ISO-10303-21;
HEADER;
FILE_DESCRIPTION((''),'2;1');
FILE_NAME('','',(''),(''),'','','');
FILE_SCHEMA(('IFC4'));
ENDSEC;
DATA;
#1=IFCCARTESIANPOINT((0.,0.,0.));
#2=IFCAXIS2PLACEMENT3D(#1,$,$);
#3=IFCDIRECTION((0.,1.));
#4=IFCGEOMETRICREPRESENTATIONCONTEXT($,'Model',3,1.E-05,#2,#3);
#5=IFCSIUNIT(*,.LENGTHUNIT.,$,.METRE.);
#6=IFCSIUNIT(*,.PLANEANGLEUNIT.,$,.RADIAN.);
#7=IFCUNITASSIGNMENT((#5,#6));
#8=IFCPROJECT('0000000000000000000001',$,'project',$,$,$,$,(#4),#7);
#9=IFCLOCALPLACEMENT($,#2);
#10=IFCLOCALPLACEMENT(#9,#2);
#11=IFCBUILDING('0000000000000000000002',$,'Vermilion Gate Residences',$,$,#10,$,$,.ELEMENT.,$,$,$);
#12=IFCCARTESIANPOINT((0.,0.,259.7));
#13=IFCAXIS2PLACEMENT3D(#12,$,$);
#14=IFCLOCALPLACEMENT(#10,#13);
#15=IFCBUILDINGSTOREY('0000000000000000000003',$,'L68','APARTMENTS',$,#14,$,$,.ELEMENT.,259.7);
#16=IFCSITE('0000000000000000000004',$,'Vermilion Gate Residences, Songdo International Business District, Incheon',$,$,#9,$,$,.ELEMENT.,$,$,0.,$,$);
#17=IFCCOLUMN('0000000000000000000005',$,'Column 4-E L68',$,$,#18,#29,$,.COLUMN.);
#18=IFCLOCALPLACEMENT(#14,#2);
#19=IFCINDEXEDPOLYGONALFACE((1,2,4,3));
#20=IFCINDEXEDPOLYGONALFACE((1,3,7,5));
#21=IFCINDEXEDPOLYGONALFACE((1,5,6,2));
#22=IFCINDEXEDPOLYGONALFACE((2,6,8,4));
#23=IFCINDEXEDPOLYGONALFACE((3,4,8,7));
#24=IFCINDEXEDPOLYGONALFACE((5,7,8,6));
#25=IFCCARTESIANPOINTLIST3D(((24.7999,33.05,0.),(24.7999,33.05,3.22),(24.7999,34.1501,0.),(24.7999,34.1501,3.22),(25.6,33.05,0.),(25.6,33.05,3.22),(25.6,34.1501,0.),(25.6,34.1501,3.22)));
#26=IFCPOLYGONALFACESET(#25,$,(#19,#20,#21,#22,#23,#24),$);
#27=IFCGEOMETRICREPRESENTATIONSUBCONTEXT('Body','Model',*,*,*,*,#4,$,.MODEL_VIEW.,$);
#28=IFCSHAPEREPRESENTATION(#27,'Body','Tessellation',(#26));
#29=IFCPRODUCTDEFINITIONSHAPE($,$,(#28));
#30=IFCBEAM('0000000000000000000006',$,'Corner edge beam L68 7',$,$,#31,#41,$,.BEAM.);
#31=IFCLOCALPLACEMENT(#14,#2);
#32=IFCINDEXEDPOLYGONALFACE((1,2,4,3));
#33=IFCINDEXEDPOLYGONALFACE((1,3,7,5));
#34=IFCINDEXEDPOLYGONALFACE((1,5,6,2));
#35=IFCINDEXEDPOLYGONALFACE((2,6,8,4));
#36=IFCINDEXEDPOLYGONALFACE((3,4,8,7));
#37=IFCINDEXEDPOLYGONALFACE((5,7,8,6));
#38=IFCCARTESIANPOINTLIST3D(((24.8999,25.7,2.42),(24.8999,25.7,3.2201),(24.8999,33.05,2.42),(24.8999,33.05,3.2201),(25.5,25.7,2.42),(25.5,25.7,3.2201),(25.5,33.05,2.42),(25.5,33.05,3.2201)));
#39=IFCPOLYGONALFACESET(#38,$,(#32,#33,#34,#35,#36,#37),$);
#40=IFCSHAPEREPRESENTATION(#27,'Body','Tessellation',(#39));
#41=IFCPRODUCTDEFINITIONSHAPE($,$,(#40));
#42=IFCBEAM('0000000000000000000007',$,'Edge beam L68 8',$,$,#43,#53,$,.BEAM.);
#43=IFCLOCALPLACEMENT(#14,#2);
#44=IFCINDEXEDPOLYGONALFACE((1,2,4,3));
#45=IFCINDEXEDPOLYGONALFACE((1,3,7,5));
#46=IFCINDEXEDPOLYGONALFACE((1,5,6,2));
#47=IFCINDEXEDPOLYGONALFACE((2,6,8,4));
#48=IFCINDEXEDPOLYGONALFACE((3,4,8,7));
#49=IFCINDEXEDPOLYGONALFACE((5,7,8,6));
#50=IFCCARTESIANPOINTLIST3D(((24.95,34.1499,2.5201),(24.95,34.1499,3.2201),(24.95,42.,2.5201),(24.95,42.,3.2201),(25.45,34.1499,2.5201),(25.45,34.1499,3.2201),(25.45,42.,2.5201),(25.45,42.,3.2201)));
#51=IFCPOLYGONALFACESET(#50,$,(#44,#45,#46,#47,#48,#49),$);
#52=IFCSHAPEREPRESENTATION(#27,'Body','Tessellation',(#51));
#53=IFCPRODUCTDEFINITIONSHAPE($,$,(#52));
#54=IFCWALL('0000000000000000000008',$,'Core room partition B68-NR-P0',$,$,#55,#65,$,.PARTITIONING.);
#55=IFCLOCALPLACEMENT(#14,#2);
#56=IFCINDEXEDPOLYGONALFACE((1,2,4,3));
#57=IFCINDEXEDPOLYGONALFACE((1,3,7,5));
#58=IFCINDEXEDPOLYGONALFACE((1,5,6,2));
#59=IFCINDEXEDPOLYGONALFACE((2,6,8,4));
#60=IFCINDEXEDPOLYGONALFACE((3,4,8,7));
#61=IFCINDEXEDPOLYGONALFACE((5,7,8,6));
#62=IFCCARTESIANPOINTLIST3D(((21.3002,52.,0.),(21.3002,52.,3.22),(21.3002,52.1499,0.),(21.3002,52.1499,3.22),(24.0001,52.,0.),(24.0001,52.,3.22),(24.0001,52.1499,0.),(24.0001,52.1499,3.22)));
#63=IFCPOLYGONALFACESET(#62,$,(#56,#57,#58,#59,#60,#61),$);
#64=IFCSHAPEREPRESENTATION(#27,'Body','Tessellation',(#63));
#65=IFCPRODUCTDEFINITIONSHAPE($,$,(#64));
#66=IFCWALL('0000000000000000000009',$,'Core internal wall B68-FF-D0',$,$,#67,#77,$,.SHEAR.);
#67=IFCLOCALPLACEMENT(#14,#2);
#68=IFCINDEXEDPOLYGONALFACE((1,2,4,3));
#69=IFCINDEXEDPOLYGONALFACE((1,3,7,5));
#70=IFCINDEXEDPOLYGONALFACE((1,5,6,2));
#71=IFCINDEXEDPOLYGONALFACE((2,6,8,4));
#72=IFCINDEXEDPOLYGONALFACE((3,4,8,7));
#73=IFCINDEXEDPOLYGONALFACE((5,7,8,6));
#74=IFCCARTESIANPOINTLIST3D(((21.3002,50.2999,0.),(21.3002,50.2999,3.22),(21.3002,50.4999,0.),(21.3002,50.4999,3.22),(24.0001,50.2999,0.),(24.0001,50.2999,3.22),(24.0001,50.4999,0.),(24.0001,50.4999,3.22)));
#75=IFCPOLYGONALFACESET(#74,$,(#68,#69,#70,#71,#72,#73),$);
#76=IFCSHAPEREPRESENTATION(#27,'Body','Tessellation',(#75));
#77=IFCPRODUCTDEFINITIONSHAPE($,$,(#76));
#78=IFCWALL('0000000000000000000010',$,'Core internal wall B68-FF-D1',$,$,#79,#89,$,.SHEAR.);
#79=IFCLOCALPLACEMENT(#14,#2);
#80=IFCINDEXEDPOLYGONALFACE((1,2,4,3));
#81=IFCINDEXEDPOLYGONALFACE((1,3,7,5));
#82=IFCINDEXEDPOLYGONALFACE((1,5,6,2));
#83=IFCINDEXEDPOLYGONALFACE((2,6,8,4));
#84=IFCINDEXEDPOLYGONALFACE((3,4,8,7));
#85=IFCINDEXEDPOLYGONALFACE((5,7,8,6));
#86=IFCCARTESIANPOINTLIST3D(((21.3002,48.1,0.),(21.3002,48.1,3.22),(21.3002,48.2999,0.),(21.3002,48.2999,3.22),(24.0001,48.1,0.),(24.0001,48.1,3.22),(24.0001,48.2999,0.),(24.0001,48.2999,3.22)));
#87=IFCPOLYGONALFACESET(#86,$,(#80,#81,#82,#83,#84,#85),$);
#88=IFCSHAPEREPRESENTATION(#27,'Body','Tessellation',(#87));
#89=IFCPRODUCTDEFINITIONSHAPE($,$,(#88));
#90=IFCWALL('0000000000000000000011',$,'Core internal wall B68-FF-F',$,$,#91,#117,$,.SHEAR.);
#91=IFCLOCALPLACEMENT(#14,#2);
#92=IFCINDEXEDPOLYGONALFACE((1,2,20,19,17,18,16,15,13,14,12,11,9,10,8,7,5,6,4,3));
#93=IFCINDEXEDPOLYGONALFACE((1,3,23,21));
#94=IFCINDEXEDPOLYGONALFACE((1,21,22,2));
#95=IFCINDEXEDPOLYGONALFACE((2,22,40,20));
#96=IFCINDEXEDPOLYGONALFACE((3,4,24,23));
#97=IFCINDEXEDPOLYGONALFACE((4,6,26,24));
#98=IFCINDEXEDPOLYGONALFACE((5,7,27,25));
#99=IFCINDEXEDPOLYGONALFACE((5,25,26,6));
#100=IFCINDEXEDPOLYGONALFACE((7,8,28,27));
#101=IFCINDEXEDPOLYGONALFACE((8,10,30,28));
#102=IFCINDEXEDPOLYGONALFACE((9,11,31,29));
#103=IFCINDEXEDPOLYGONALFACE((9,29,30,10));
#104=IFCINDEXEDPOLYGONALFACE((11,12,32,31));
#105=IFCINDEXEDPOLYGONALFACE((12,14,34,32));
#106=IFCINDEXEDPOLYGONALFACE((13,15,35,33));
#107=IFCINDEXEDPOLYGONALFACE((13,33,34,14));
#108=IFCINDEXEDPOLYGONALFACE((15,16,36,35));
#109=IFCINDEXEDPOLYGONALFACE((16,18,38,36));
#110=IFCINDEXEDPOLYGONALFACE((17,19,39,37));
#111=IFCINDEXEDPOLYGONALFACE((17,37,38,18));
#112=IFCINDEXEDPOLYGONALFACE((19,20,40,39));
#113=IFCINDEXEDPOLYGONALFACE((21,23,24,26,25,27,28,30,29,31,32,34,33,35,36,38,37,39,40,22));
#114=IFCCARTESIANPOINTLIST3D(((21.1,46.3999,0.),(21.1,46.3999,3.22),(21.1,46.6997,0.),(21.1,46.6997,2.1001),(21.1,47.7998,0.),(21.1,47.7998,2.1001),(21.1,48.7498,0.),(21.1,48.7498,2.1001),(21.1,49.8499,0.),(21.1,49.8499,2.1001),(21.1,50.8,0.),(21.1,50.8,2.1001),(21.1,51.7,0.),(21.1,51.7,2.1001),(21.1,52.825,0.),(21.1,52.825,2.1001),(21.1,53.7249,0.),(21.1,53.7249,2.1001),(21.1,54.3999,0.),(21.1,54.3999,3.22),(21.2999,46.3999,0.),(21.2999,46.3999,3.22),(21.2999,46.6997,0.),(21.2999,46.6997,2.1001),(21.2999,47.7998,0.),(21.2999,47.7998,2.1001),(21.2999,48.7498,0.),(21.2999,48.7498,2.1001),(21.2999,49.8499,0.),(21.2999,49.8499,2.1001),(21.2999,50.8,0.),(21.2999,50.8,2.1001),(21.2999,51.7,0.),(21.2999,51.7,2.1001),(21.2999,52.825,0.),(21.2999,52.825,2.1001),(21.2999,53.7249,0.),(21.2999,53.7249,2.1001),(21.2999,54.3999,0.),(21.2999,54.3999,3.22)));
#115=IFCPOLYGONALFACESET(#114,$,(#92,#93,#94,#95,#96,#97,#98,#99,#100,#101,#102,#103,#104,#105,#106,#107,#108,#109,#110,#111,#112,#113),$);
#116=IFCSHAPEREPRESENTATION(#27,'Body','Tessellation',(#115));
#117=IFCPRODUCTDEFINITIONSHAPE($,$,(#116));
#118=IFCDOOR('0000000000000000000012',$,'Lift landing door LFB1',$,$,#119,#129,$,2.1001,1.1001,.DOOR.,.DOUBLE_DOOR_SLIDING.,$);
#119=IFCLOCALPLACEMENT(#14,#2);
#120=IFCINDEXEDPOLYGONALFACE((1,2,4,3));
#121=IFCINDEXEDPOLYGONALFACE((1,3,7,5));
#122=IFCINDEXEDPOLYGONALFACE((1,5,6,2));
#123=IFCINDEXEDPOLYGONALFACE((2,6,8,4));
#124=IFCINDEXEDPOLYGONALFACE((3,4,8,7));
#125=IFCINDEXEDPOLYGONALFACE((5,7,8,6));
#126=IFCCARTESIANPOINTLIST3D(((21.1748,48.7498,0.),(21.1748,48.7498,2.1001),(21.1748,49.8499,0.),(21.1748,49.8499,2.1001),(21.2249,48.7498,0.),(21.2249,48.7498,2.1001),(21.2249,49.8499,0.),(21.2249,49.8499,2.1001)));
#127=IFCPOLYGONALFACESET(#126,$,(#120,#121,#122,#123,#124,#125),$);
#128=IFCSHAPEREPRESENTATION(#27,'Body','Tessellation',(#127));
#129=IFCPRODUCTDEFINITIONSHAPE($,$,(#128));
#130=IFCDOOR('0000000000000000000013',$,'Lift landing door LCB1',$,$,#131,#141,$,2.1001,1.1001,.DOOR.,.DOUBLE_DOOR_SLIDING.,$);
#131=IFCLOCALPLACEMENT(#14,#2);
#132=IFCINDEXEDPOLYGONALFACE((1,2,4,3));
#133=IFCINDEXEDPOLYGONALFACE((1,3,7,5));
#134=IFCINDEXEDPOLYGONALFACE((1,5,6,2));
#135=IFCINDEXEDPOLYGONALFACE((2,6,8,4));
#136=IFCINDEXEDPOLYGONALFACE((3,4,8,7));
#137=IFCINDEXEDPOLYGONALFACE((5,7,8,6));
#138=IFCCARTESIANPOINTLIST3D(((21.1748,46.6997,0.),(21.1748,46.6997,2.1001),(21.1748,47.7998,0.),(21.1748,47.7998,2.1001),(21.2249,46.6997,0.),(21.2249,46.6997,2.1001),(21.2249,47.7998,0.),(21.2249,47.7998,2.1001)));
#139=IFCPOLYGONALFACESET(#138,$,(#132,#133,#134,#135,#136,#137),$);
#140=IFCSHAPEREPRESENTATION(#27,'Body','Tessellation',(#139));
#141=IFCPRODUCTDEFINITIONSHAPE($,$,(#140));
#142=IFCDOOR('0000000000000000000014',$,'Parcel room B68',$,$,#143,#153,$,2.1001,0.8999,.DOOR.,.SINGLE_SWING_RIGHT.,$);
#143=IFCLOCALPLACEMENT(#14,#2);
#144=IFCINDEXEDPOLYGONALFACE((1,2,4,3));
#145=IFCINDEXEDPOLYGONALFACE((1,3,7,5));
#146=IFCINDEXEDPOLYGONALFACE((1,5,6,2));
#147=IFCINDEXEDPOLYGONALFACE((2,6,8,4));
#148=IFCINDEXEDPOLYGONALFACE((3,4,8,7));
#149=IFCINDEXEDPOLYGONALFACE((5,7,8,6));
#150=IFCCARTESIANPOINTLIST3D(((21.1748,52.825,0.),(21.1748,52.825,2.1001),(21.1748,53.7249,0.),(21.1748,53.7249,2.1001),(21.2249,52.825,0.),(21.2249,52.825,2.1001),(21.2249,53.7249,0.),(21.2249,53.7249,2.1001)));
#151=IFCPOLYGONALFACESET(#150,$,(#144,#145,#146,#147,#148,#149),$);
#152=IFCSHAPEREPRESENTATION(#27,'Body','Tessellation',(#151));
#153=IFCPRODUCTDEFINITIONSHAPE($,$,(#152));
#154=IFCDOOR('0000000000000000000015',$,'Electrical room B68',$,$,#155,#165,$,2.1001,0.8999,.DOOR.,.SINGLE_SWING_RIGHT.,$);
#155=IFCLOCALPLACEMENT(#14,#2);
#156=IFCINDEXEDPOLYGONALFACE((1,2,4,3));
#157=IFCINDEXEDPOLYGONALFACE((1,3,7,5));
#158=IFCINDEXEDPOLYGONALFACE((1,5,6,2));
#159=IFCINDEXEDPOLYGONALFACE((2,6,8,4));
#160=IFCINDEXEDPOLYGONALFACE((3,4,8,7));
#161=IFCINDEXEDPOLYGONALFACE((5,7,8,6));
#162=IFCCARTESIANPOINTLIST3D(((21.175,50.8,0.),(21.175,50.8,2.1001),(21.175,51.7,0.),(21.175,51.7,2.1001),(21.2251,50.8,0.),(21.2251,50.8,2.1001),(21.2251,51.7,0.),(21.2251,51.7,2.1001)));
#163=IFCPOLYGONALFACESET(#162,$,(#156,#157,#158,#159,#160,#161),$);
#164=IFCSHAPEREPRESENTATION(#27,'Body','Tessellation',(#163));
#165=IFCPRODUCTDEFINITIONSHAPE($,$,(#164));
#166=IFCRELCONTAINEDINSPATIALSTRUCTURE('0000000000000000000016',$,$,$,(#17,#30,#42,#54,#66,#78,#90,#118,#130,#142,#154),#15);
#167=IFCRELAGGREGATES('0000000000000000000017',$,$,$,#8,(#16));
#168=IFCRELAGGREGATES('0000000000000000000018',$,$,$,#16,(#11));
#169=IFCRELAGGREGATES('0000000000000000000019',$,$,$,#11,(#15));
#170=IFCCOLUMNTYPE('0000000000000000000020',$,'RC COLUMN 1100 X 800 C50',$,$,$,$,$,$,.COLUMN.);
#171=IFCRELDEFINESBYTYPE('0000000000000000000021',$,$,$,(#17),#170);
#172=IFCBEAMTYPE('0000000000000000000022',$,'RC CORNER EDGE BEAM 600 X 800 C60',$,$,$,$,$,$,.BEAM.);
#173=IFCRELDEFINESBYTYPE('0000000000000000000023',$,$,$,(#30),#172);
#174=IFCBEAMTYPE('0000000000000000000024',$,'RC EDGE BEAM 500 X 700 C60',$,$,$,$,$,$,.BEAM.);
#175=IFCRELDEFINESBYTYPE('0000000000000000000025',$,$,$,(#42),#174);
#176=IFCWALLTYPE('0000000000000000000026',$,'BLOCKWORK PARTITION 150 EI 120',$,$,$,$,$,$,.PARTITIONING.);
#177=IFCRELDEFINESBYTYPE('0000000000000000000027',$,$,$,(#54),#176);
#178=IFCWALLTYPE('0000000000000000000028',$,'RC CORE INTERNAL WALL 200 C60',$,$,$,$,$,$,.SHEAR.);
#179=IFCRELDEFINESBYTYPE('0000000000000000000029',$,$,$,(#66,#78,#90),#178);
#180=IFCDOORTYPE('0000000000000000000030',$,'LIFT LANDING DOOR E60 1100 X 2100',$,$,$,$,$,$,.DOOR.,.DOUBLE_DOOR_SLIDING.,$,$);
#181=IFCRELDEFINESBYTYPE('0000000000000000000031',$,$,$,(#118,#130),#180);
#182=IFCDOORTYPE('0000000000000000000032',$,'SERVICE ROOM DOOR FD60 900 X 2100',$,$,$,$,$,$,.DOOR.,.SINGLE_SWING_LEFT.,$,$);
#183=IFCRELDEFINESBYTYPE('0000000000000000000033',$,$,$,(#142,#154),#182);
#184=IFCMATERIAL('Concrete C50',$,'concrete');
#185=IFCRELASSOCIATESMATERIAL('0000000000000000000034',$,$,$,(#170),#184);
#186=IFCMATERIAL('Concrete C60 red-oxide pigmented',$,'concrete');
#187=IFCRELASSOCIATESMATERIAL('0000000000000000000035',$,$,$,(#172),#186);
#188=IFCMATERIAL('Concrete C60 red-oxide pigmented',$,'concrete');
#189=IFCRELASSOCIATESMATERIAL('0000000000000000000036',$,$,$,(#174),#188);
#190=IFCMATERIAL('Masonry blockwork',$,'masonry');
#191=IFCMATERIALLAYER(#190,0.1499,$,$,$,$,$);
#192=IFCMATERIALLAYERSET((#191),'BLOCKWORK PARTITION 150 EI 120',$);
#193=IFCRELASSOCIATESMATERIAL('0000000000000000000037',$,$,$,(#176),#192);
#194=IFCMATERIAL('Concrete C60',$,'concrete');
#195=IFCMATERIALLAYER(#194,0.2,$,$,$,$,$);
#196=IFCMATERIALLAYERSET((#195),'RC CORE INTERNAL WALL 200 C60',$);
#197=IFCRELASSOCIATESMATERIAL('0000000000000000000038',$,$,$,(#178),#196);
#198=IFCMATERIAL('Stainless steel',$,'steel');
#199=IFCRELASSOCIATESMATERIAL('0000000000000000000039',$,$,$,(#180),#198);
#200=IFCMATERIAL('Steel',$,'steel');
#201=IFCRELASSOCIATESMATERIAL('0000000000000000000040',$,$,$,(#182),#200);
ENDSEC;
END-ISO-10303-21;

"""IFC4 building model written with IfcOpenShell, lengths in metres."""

from ifc_helpers import new_model, si_unit, direction, frame, frame_2d, origin, origin_2d, place, context, subcontext, project, spatial, rectangle, extrude, material, layer, layer_set, material_profile, profile_set, type_object, element, fill, save


model = new_model("IFC4")

# Units and contexts
model_context = context("Model", 3, precision=1e-05, world=origin(), true_north=direction((0.0, 1.0)))
body_context = subcontext(model_context, "Body", "Model", "MODEL_VIEW")
ifc_project = project(units=[si_unit("LENGTHUNIT", "METRE"), si_unit("PLANEANGLEUNIT", "RADIAN")], contexts=[model_context])

# Site, building, storey
site_placement = place(None, origin())
site = spatial("IfcSite", under=ifc_project, at=site_placement, Name="Vermilion Gate Residences, Songdo International Business District, Incheon", CompositionType="ELEMENT", RefElevation=0.0)
building_placement = place(site_placement, origin())
building = spatial("IfcBuilding", under=site, at=building_placement, Name="Vermilion Gate Residences", CompositionType="ELEMENT")
storey_placement = place(building_placement, frame((0.0, 0.0, 259.7)))
storey = spatial("IfcBuildingStorey", under=building, at=storey_placement, Name="L68", Description="APARTMENTS", CompositionType="ELEMENT", Elevation=259.7)

# Column
ifc_material_1 = material(Name="Concrete C50", Category="concrete")
ifc_material_profile_1 = material_profile(ifc_material_1, rectangle(XDim=1.1001, YDim=0.8, at=origin_2d()), Name="RC-1100x800")
ifc_profile_set_1 = profile_set([ifc_material_profile_1], Name="Concrete C50")
column_type = type_object("IfcColumnType", Name="RC COLUMN 1100 X 800 C50", PredefinedType="COLUMN", material=ifc_profile_set_1)
column_placement = place(storey_placement, frame((25.2, 33.6001, 0.0), z_axis=(0.0, 0.0, 1.0), x_axis=(0.0, 1.0, 0.0)))
element("IfcColumn", 1, at=column_placement, inside=storey, type_object=column_type, Name="Column 4-E L68", PredefinedType="COLUMN", context=body_context, shape_type="SweptSolid", body=[
    extrude(rectangle(XDim=1.1001, YDim=0.8, at=origin_2d()), origin(), (0.0, 0.0, 1.0), 3.22),
])

# Beams
ifc_material_2 = material(Name="Concrete C60 red-oxide pigmented", Category="concrete")
ifc_material_profile_2 = material_profile(ifc_material_2, rectangle(XDim=0.6001, YDim=0.8, at=origin_2d()), Name="RC-600x800")
ifc_profile_set_2 = profile_set([ifc_material_profile_2], Name="Concrete C60 red-oxide pigmented")
beam_type_1 = type_object("IfcBeamType", Name="RC CORNER EDGE BEAM 600 X 800 C60", PredefinedType="BEAM", material=ifc_profile_set_2)
beam_1_placement = place(storey_placement, frame((25.2, 25.7, 2.8201), z_axis=(0.0, 1.0, 0.0), x_axis=(-1.0, 0.0, 0.0)))
element("IfcBeam", 2, at=beam_1_placement, inside=storey, type_object=beam_type_1, Name="Corner edge beam L68 7", PredefinedType="BEAM", context=body_context, shape_type="SweptSolid", body=[
    extrude(rectangle(XDim=0.6001, YDim=0.8, at=origin_2d()), origin(), (0.0, 0.0, 1.0), 7.3501),
])
ifc_material_3 = material(Name="Concrete C60 red-oxide pigmented", Category="concrete")
ifc_material_profile_3 = material_profile(ifc_material_3, rectangle(XDim=0.5, YDim=0.7, at=origin_2d()), Name="RC-500x700")
ifc_profile_set_3 = profile_set([ifc_material_profile_3], Name="Concrete C60 red-oxide pigmented")
beam_type_2 = type_object("IfcBeamType", Name="RC EDGE BEAM 500 X 700 C60", PredefinedType="BEAM", material=ifc_profile_set_3)
beam_2_placement = place(storey_placement, frame((25.2, 34.1499, 2.8701), z_axis=(0.0, 1.0, 0.0), x_axis=(-1.0, 0.0, 0.0)))
element("IfcBeam", 3, at=beam_2_placement, inside=storey, type_object=beam_type_2, Name="Edge beam L68 8", PredefinedType="BEAM", context=body_context, shape_type="SweptSolid", body=[
    extrude(rectangle(XDim=0.5, YDim=0.7, at=origin_2d()), origin(), (0.0, 0.0, 1.0), 7.8501),
])

# Walls
ifc_material_4 = material(Name="Masonry blockwork", Category="masonry")
ifc_layer_1 = layer(ifc_material_4, 0.1499)
ifc_layer_set_1 = layer_set([ifc_layer_1], Name="BLOCKWORK PARTITION 150 EI 120")
wall_type_1 = type_object("IfcWallType", Name="BLOCKWORK PARTITION 150 EI 120", PredefinedType="PARTITIONING", material=ifc_layer_set_1)
wall_1_placement = place(storey_placement, frame((21.3, 52.075, 0.0), z_axis=(0.0, 0.0, 1.0), x_axis=(1.0, 0.0, 0.0)))
element("IfcWall", 4, at=wall_1_placement, inside=storey, type_object=wall_type_1, Name="Core room partition B68-NR-P0", PredefinedType="PARTITIONING", context=body_context, shape_type="SweptSolid", body=[
    extrude(rectangle(XDim=2.7, YDim=0.1499, at=frame_2d((1.3501, 0.0))), origin(), (0.0, 0.0, 1.0), 3.22),
])
ifc_material_5 = material(Name="Concrete C60", Category="concrete")
ifc_layer_2 = layer(ifc_material_5, 0.2)
ifc_layer_set_2 = layer_set([ifc_layer_2], Name="RC CORE INTERNAL WALL 200 C60")
wall_type_2 = type_object("IfcWallType", Name="RC CORE INTERNAL WALL 200 C60", PredefinedType="SHEAR", material=ifc_layer_set_2)
for number, where, z_axis, x_axis, name in (
    (5, (21.3, 50.3999, 0.0), (0.0, 0.0, 1.0), (1.0, 0.0, 0.0), "Core internal wall B68-FF-D0"),
    (6, (21.3, 48.2, 0.0), (0.0, 0.0, 1.0), (1.0, 0.0, 0.0), "Core internal wall B68-FF-D1"),
):
    element("IfcWall", number, at=place(storey_placement, frame(where, z_axis=z_axis, x_axis=x_axis)), inside=storey, type_object=wall_type_2, Name=name, PredefinedType="SHEAR", context=body_context, shape_type="SweptSolid", body=[
        extrude(rectangle(XDim=2.7, YDim=0.2, at=frame_2d((1.3501, 0.0))), origin(), (0.0, 0.0, 1.0), 3.22),
    ])

# Wall, openings, doors
wall_2_placement = place(storey_placement, frame((21.2, 54.3999, 0.0), z_axis=(0.0, 0.0, 1.0), x_axis=(0.0, -1.0, 0.0)))
wall_2 = element("IfcWall", 7, at=wall_2_placement, inside=storey, type_object=wall_type_2, Name="Core internal wall B68-FF-F", PredefinedType="SHEAR", context=body_context, shape_type="SweptSolid", body=[
    extrude(rectangle(XDim=8.0, YDim=0.2, at=frame_2d((4.0, 0.0))), origin(), (0.0, 0.0, 1.0), 3.22),
])
opening_1_placement = place(wall_2_placement, frame((0.675, 0.0, 0.0)))
opening_1 = element("IfcOpeningElement", 8, at=opening_1_placement, cuts=wall_2, PredefinedType="OPENING", context=body_context, shape_type="SweptSolid", body=[
    extrude(rectangle(XDim=0.8999, YDim=2.1001, at=frame_2d((0.45, 1.05))), frame((0.0, 0.1099, 0.0), z_axis=(0.0, -1.0, 0.0), x_axis=(1.0, 0.0, 0.0)), (0.0, 0.0, 1.0), 0.22),
])
opening_2_placement = place(wall_2_placement, frame((2.7, 0.0, 0.0)))
opening_2 = element("IfcOpeningElement", 9, at=opening_2_placement, cuts=wall_2, PredefinedType="OPENING", context=body_context, shape_type="SweptSolid", body=[
    extrude(rectangle(XDim=0.8999, YDim=2.1001, at=frame_2d((0.45, 1.05))), frame((0.0, 0.1099, 0.0), z_axis=(0.0, -1.0, 0.0), x_axis=(1.0, 0.0, 0.0)), (0.0, 0.0, 1.0), 0.22),
])
opening_3_placement = place(wall_2_placement, frame((4.55, 0.0, 0.0)))
opening_3 = element("IfcOpeningElement", 10, at=opening_3_placement, cuts=wall_2, PredefinedType="OPENING", context=body_context, shape_type="SweptSolid", body=[
    extrude(rectangle(XDim=1.1001, YDim=2.1001, at=frame_2d((0.55, 1.05))), frame((0.0, 0.1099, 0.0), z_axis=(0.0, -1.0, 0.0), x_axis=(1.0, 0.0, 0.0)), (0.0, 0.0, 1.0), 0.22),
])
opening_4_placement = place(wall_2_placement, frame((6.6001, 0.0, 0.0)))
opening_4 = element("IfcOpeningElement", 11, at=opening_4_placement, cuts=wall_2, PredefinedType="OPENING", context=body_context, shape_type="SweptSolid", body=[
    extrude(rectangle(XDim=1.1001, YDim=2.1001, at=frame_2d((0.55, 1.05))), frame((0.0, 0.1099, 0.0), z_axis=(0.0, -1.0, 0.0), x_axis=(1.0, 0.0, 0.0)), (0.0, 0.0, 1.0), 0.22),
])
ifc_material_6 = material(Name="Stainless steel", Category="steel")
door_type_1 = type_object("IfcDoorType", Name="LIFT LANDING DOOR E60 1100 X 2100", OperationType="DOUBLE_DOOR_SLIDING", PredefinedType="DOOR", material=ifc_material_6)
door_1_placement = place(opening_3_placement, origin())
door_1 = element("IfcDoor", 12, at=door_1_placement, inside=storey, type_object=door_type_1, Name="Lift landing door LFB1", OperationType="DOUBLE_DOOR_SLIDING", OverallHeight=2.1001, OverallWidth=1.1001, PredefinedType="DOOR", context=body_context, shape_type="SweptSolid", body=[
    extrude(rectangle(XDim=1.1001, YDim=2.1001, at=frame_2d((0.55, 1.05))), frame((0.0, 0.0249, 0.0), z_axis=(0.0, -1.0, 0.0), x_axis=(1.0, 0.0, 0.0)), (0.0, 0.0, 1.0), 0.05),
])
fill(opening_3, door_1)
door_2_placement = place(opening_4_placement, origin())
door_2 = element("IfcDoor", 13, at=door_2_placement, inside=storey, type_object=door_type_1, Name="Lift landing door LCB1", OperationType="DOUBLE_DOOR_SLIDING", OverallHeight=2.1001, OverallWidth=1.1001, PredefinedType="DOOR", context=body_context, shape_type="SweptSolid", body=[
    extrude(rectangle(XDim=1.1001, YDim=2.1001, at=frame_2d((0.55, 1.05))), frame((0.0, 0.0249, 0.0), z_axis=(0.0, -1.0, 0.0), x_axis=(1.0, 0.0, 0.0)), (0.0, 0.0, 1.0), 0.05),
])
fill(opening_4, door_2)
ifc_material_7 = material(Name="Steel", Category="steel")
door_type_2 = type_object("IfcDoorType", Name="SERVICE ROOM DOOR FD60 900 X 2100", OperationType="SINGLE_SWING_LEFT", PredefinedType="DOOR", material=ifc_material_7)
door_3_placement = place(opening_1_placement, origin())
door_3 = element("IfcDoor", 14, at=door_3_placement, inside=storey, type_object=door_type_2, Name="Parcel room B68", OperationType="SINGLE_SWING_RIGHT", OverallHeight=2.1001, OverallWidth=0.8999, PredefinedType="DOOR", context=body_context, shape_type="SweptSolid", body=[
    extrude(rectangle(XDim=0.8999, YDim=2.1001, at=frame_2d((0.45, 1.05))), frame((0.0, 0.0249, 0.0), z_axis=(0.0, -1.0, 0.0), x_axis=(1.0, 0.0, 0.0)), (0.0, 0.0, 1.0), 0.05),
])
fill(opening_1, door_3)
door_4_placement = place(opening_2_placement, frame((0.8999, 0.0, 0.0), z_axis=(0.0, 0.0, 1.0), x_axis=(-1.0, 0.0, 0.0)))
door_4 = element("IfcDoor", 15, at=door_4_placement, inside=storey, type_object=door_type_2, Name="Electrical room B68", OperationType="SINGLE_SWING_RIGHT", OverallHeight=2.1001, OverallWidth=0.8999, PredefinedType="DOOR", context=body_context, shape_type="SweptSolid", body=[
    extrude(rectangle(XDim=0.8999, YDim=2.1001, at=frame_2d((0.45, 1.05))), frame((0.0, 0.0249, 0.0), z_axis=(0.0, -1.0, 0.0), x_axis=(1.0, 0.0, 0.0)), (0.0, 0.0, 1.0), 0.05),
])
fill(opening_2, door_4)

save(model, "model.ifc")
